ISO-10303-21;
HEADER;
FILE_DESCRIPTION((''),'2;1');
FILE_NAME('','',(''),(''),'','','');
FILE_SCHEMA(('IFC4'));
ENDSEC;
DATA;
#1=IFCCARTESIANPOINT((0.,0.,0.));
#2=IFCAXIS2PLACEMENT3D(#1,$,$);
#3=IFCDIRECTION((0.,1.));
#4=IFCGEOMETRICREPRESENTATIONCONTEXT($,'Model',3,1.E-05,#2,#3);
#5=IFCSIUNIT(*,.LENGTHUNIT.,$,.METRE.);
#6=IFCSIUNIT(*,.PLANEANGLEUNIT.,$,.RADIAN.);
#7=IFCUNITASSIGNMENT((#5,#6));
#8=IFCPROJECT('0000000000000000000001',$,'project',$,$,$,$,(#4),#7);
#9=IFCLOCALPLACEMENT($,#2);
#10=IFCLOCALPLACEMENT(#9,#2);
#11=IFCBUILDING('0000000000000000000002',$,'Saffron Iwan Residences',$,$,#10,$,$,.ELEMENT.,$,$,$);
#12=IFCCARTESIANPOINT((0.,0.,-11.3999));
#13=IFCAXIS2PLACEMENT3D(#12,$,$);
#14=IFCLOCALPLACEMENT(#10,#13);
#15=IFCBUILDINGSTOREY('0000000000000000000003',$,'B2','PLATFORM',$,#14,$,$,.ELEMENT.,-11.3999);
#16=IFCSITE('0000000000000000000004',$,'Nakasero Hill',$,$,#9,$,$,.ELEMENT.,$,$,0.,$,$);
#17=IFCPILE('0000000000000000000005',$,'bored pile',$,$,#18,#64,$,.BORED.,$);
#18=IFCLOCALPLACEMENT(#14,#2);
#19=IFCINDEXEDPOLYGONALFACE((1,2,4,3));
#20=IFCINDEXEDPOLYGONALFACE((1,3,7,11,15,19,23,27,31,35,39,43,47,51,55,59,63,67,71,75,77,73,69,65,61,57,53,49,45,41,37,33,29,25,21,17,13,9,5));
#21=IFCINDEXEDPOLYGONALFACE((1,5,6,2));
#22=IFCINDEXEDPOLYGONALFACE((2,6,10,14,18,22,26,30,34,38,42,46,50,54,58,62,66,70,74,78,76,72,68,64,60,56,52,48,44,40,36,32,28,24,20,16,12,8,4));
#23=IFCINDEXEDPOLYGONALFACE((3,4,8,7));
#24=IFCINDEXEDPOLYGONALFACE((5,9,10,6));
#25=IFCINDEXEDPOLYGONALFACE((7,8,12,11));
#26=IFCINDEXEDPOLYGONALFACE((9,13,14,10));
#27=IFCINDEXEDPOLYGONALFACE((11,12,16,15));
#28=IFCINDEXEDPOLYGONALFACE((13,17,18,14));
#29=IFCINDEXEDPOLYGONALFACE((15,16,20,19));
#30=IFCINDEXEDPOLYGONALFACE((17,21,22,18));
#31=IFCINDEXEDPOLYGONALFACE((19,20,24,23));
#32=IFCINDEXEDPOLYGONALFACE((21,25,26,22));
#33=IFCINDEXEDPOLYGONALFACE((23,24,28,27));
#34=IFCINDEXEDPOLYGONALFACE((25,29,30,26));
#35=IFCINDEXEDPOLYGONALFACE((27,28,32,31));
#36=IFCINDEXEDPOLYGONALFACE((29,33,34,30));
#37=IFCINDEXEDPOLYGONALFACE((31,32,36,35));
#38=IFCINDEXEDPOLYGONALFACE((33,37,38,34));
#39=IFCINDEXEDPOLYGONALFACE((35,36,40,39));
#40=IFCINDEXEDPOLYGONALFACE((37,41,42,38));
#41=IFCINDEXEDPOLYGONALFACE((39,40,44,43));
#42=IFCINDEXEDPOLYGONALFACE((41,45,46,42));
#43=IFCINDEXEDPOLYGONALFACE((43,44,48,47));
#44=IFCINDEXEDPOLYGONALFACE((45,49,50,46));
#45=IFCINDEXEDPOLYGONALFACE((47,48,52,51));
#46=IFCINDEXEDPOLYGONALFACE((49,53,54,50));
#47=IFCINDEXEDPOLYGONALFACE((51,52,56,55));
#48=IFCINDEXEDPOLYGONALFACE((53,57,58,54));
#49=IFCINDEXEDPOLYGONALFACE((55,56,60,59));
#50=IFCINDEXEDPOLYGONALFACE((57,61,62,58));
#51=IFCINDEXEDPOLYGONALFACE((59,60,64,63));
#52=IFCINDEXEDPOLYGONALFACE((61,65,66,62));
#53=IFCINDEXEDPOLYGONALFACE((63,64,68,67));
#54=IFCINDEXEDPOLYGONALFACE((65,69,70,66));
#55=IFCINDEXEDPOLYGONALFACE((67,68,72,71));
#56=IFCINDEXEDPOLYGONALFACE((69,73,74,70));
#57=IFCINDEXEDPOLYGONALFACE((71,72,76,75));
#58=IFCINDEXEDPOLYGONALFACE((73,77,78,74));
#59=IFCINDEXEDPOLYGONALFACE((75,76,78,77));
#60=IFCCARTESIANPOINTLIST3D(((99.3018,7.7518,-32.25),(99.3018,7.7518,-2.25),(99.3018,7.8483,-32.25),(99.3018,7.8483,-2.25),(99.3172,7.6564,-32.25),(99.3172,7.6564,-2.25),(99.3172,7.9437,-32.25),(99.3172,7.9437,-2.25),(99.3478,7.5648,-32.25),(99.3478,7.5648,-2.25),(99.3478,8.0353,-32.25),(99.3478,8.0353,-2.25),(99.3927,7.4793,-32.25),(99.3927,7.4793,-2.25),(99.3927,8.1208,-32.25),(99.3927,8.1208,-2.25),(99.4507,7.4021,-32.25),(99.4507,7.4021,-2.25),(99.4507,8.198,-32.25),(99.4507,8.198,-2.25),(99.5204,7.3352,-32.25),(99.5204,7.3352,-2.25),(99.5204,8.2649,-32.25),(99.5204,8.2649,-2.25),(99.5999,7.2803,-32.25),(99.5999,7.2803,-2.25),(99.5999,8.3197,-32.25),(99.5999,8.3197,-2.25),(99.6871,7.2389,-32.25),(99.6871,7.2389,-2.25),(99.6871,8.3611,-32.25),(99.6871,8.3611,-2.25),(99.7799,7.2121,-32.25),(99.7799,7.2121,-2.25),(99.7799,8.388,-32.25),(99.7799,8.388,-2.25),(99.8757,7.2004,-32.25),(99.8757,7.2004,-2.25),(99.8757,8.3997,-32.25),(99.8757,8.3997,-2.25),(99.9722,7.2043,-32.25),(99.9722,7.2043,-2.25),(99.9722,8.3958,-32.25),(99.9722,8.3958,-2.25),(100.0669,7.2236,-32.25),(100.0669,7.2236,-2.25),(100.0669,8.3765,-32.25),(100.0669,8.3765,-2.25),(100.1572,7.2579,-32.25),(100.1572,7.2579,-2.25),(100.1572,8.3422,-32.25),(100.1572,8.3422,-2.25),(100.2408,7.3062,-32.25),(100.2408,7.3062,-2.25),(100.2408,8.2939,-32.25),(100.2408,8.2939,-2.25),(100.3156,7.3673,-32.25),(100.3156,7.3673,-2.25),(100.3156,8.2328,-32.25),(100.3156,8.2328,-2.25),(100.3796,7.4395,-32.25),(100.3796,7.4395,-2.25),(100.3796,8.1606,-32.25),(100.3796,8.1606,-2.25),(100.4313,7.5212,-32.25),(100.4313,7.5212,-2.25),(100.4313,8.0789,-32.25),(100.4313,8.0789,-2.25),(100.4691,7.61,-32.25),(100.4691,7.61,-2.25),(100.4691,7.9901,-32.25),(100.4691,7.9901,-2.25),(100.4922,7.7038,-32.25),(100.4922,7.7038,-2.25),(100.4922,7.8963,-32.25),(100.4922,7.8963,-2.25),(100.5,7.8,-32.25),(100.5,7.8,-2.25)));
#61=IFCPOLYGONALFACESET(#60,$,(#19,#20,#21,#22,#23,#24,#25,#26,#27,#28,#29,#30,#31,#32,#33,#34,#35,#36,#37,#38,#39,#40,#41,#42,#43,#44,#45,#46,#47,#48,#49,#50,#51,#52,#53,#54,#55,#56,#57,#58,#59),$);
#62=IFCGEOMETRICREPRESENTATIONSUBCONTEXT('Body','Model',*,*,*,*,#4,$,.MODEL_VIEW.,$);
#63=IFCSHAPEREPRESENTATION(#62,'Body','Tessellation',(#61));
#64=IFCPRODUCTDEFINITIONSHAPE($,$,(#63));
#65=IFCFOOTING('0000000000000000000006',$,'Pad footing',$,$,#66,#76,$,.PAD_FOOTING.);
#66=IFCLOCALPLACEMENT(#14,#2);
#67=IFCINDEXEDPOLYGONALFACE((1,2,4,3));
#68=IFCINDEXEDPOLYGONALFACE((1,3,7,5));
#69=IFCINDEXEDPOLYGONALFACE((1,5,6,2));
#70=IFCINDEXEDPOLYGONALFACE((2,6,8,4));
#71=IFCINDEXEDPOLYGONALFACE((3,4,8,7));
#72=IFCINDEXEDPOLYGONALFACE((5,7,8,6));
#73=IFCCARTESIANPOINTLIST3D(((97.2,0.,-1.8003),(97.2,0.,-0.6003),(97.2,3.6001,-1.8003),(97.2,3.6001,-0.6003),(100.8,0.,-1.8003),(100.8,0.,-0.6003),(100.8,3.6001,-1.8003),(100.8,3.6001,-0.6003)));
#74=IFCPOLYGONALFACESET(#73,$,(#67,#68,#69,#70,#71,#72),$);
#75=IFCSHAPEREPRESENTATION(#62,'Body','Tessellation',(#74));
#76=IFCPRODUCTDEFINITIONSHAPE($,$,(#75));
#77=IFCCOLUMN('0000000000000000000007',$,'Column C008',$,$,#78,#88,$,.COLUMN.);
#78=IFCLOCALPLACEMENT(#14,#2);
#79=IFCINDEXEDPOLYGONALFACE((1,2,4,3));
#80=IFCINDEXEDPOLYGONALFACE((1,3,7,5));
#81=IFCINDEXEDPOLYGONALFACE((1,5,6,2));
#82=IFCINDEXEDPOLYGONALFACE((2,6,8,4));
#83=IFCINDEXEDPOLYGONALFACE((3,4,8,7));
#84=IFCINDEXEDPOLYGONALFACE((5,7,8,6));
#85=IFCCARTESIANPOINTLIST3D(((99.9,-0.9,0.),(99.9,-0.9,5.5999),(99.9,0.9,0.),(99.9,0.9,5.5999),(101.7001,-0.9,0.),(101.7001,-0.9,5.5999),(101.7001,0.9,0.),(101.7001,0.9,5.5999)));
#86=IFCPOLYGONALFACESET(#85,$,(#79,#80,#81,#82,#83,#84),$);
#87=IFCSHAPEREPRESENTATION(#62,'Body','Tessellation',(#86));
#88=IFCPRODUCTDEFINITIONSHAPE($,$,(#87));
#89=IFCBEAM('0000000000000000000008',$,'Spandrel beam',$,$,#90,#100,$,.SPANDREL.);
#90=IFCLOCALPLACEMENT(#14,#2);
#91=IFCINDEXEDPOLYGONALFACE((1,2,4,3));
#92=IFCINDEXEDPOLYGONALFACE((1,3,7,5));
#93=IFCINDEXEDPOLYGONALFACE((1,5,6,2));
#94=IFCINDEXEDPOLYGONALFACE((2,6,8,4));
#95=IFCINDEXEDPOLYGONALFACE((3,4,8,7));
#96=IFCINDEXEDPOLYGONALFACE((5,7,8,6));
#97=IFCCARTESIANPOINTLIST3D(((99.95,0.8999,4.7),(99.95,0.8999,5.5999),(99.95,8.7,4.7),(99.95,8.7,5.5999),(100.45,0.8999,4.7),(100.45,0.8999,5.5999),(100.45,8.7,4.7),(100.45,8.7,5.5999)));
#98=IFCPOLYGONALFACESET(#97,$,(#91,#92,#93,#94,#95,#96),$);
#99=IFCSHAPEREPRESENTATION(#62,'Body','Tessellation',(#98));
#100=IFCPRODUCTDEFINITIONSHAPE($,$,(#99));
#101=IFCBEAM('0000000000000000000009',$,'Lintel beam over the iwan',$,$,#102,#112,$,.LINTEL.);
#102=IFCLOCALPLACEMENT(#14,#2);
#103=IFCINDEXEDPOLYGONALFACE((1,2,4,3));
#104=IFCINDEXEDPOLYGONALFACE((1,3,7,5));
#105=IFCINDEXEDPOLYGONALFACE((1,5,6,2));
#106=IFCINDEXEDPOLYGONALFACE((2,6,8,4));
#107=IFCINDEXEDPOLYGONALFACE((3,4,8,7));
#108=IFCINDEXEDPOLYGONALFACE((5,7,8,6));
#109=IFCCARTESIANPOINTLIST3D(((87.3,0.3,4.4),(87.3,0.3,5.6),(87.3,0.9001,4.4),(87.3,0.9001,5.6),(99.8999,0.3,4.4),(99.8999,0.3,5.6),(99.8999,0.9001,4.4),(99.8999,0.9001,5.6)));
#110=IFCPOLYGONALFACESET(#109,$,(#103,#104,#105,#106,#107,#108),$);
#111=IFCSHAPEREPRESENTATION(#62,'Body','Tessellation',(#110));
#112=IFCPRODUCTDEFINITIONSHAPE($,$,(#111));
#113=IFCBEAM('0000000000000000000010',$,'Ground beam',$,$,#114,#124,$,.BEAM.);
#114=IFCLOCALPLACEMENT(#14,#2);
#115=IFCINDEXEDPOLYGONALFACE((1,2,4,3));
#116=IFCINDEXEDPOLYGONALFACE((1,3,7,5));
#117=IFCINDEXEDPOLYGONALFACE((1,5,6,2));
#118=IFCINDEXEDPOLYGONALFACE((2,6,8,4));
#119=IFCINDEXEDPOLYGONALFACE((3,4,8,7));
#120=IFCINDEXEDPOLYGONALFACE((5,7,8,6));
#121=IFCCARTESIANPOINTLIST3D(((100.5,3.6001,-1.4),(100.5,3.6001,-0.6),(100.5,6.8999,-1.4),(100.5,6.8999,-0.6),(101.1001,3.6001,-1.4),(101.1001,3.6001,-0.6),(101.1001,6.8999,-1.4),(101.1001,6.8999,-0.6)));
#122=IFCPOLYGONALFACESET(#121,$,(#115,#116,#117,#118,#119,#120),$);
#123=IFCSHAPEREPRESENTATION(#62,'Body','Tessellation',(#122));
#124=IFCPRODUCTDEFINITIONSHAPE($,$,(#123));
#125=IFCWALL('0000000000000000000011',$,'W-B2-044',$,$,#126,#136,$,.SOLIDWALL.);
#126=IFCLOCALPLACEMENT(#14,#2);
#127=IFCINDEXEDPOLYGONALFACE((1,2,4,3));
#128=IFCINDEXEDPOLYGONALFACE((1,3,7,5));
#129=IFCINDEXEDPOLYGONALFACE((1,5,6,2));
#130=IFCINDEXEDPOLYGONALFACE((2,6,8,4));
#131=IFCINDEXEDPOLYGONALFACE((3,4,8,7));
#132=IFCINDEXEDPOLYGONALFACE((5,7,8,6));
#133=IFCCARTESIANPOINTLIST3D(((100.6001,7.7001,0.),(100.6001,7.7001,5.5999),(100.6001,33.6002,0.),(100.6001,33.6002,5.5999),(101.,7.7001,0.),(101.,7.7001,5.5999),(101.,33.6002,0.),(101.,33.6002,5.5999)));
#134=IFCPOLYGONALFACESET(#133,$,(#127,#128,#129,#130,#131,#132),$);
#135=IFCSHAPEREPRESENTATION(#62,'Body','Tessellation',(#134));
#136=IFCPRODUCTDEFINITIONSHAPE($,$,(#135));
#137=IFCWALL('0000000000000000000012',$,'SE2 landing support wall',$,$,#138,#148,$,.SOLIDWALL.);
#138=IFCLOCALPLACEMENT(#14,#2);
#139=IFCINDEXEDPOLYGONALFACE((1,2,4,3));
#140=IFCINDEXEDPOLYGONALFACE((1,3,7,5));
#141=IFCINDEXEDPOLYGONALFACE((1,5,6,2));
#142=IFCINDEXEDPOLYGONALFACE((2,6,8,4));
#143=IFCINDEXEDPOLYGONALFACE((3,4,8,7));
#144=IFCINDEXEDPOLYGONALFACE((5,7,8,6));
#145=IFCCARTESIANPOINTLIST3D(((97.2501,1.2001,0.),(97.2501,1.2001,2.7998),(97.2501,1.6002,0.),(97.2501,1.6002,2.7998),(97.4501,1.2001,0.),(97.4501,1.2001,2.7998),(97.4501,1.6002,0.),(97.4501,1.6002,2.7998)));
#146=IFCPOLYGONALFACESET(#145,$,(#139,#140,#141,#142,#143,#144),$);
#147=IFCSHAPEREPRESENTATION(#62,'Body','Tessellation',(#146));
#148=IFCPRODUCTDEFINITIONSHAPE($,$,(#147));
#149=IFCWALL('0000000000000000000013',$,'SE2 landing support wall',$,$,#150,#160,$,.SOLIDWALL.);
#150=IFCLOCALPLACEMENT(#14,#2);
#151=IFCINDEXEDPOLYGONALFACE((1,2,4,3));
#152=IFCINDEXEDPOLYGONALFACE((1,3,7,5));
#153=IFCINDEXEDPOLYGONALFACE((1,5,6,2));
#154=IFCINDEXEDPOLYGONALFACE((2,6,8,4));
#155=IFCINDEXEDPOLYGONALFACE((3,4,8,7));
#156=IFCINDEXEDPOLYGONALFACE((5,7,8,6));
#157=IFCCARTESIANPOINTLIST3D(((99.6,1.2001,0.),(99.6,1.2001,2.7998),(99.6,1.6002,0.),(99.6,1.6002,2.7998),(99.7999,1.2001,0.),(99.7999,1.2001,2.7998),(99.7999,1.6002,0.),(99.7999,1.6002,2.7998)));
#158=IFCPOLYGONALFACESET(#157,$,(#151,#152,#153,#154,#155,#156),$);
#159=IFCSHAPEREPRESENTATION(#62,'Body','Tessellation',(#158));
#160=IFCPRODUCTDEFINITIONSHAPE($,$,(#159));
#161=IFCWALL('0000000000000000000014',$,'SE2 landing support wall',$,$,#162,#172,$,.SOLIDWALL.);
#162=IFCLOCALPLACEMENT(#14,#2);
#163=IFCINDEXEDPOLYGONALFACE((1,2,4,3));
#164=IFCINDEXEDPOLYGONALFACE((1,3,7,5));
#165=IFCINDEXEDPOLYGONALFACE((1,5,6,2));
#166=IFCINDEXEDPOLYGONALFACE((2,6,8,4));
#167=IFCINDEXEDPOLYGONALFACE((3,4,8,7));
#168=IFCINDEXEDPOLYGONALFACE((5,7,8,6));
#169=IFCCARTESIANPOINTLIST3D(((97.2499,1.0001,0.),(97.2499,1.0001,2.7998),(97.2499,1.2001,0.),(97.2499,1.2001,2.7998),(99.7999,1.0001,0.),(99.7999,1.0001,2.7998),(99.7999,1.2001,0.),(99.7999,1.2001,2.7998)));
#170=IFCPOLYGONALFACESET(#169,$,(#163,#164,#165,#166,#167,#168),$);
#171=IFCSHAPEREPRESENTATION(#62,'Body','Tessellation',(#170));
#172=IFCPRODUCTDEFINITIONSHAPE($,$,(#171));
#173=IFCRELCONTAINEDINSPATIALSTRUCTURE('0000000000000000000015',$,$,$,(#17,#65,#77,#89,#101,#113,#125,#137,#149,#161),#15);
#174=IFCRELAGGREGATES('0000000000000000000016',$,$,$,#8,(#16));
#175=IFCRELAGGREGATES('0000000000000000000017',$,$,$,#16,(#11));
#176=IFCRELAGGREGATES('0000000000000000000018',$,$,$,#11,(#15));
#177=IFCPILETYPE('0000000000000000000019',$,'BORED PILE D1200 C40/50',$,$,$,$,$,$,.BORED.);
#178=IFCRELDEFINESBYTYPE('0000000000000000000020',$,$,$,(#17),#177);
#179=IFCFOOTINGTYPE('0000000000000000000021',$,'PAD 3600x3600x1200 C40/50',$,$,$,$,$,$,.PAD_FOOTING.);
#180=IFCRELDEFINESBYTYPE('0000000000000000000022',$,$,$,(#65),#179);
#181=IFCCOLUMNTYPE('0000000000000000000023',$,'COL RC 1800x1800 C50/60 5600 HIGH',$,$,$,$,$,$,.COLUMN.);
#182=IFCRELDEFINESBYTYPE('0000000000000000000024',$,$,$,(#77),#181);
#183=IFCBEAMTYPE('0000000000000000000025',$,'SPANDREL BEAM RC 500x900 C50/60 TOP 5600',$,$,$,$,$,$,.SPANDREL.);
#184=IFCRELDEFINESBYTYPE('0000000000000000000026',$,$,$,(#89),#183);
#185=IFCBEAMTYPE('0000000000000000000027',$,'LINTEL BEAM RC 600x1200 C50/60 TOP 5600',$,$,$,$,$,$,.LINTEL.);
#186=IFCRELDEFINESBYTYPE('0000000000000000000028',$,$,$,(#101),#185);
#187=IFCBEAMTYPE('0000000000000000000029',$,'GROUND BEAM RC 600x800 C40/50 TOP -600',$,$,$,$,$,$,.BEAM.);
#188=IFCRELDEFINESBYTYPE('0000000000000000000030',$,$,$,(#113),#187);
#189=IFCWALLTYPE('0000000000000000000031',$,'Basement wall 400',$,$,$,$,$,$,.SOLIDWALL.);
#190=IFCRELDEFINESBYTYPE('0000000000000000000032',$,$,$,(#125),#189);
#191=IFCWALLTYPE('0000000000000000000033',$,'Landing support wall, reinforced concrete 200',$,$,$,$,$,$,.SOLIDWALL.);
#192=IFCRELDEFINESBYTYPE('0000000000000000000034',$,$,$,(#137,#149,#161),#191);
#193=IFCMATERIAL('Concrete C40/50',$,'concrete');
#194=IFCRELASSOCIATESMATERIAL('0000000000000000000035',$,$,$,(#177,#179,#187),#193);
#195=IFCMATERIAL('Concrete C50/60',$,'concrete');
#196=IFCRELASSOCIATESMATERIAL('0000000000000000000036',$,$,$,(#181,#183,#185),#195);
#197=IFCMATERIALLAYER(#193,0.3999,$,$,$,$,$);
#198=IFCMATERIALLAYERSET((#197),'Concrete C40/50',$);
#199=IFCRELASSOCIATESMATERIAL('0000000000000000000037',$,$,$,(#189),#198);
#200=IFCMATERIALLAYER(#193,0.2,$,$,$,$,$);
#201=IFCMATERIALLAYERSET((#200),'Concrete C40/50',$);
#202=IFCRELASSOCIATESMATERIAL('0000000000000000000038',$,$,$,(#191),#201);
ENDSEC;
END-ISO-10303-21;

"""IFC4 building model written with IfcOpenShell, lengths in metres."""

from ifc_helpers import new_model, si_unit, direction, frame, frame_2d, origin, origin_2d, place, context, subcontext, project, spatial, rectangle, circle, extrude, source, transform, mapped, material, layer, layer_set, material_profile, profile_set, type_object, element, save


model = new_model("IFC4")

# Units and contexts
model_context = context("Model", 3, precision=1e-05, world=origin(), true_north=direction((0.0, 1.0)))
body_context = subcontext(model_context, "Body", "Model", "MODEL_VIEW")
ifc_project = project(units=[si_unit("LENGTHUNIT", "METRE"), si_unit("PLANEANGLEUNIT", "RADIAN")], contexts=[model_context])

# Site, building, storey
site_placement = place(None, origin())
site = spatial("IfcSite", under=ifc_project, at=site_placement, Name="Nakasero Hill", CompositionType="ELEMENT", RefElevation=0.0)
building_placement = place(site_placement, origin())
building = spatial("IfcBuilding", under=site, at=building_placement, Name="Saffron Iwan Residences", CompositionType="ELEMENT")
storey_placement = place(building_placement, frame((0.0, 0.0, -11.3999)))
storey = spatial("IfcBuildingStorey", under=building, at=storey_placement, Name="B2", Description="PLATFORM", CompositionType="ELEMENT", Elevation=-11.3999)

# Pile
ifc_material_1 = material(Name="Concrete C40/50", Category="concrete")
ifc_material_profile_1 = material_profile(ifc_material_1, circle(Radius=0.6001, at=origin_2d()), Name="RC D1200")
ifc_profile_set_1 = profile_set([ifc_material_profile_1], Name="Concrete C40/50")
pile_type = type_object("IfcPileType", Name="BORED PILE D1200 C40/50", PredefinedType="BORED", material=ifc_profile_set_1)
pile_placement = place(storey_placement, frame((99.8999, 7.8, -2.25), z_axis=(0.0, 0.0, -1.0), x_axis=(1.0, 0.0, 0.0)))
element("IfcPile", 1, at=pile_placement, inside=storey, type_object=pile_type, Name="bored pile", PredefinedType="BORED", context=body_context, shape_type="SweptSolid", body=[
    extrude(circle(Radius=0.6001, at=origin_2d()), origin(), (0.0, 0.0, 1.0), 30.0),
])

# Footing
footing_type = type_object("IfcFootingType", Name="PAD 3600x3600x1200 C40/50", PredefinedType="PAD_FOOTING", material=ifc_material_1)
shared_shape_1 = source(origin(), body_context, "Body", "SweptSolid", [
    extrude(rectangle(XDim=3.6001, YDim=3.6001, at=origin_2d()), origin(), (0.0, 0.0, 1.0), 1.2),
])
footing_placement = place(storey_placement, frame((99.0, 1.8, -1.8003), z_axis=(0.0, 0.0, 1.0), x_axis=(1.0, 0.0, 0.0)))
element("IfcFooting", 2, at=footing_placement, inside=storey, type_object=footing_type, Name="Pad footing", PredefinedType="PAD_FOOTING", context=body_context, shape_type="MappedRepresentation", body=[
    mapped(shared_shape_1, transform((0.0, 0.0, 0.0))),
])

# Column
ifc_material_2 = material(Name="Concrete C50/60", Category="concrete")
ifc_material_profile_2 = material_profile(ifc_material_2, rectangle(XDim=1.8, YDim=1.8, at=origin_2d()), Name="RC 1800x1800")
ifc_profile_set_2 = profile_set([ifc_material_profile_2], Name="Concrete C50/60")
column_type = type_object("IfcColumnType", Name="COL RC 1800x1800 C50/60 5600 HIGH", PredefinedType="COLUMN", material=ifc_profile_set_2)
shared_shape_2 = source(origin(), body_context, "Body", "SweptSolid", [
    extrude(rectangle(XDim=1.8, YDim=1.8, at=origin_2d()), origin(), (0.0, 0.0, 1.0), 5.5999),
])
column_placement = place(storey_placement, frame((100.8, 0.0, 0.0), z_axis=(0.0, 0.0, 1.0), x_axis=(1.0, 0.0, 0.0)))
element("IfcColumn", 3, at=column_placement, inside=storey, type_object=column_type, Name="Column C008", PredefinedType="COLUMN", context=body_context, shape_type="MappedRepresentation", body=[
    mapped(shared_shape_2, transform((0.0, 0.0, 0.0))),
])

# Beams
ifc_material_profile_3 = material_profile(ifc_material_2, rectangle(XDim=0.5, YDim=0.8999, at=origin_2d()), Name="RC 500x900")
ifc_profile_set_3 = profile_set([ifc_material_profile_3], Name="Concrete C50/60")
beam_type_1 = type_object("IfcBeamType", Name="SPANDREL BEAM RC 500x900 C50/60 TOP 5600", PredefinedType="SPANDREL", material=ifc_profile_set_3)
shared_shape_3 = source(origin(), body_context, "Body", "SweptSolid", [
    extrude(rectangle(XDim=0.5, YDim=0.8999, at=origin_2d()), origin(), (0.0, 0.0, 1.0), 7.8),
])
beam_1_placement = place(storey_placement, frame((100.2, 8.7, 5.1499), z_axis=(0.0, -1.0, 0.0), x_axis=(1.0, 0.0, 0.0)))
element("IfcBeam", 4, at=beam_1_placement, inside=storey, type_object=beam_type_1, Name="Spandrel beam", PredefinedType="SPANDREL", context=body_context, shape_type="MappedRepresentation", body=[
    mapped(shared_shape_3, transform((0.0, 0.0, 0.0))),
])
ifc_material_profile_4 = material_profile(ifc_material_2, rectangle(XDim=0.6001, YDim=1.2, at=origin_2d()), Name="RC 600x1200")
ifc_profile_set_4 = profile_set([ifc_material_profile_4], Name="Concrete C50/60")
beam_type_2 = type_object("IfcBeamType", Name="LINTEL BEAM RC 600x1200 C50/60 TOP 5600", PredefinedType="LINTEL", material=ifc_profile_set_4)
shared_shape_4 = source(origin(), body_context, "Body", "SweptSolid", [
    extrude(rectangle(XDim=0.6001, YDim=1.2, at=origin_2d()), origin(), (0.0, 0.0, 1.0), 12.5999),
])
beam_2_placement = place(storey_placement, frame((99.8999, 0.6001, 5.0), z_axis=(-1.0, 0.0, 0.0), x_axis=(0.0, -1.0, 0.0)))
element("IfcBeam", 5, at=beam_2_placement, inside=storey, type_object=beam_type_2, Name="Lintel beam over the iwan", PredefinedType="LINTEL", context=body_context, shape_type="MappedRepresentation", body=[
    mapped(shared_shape_4, transform((0.0, 0.0, 0.0))),
])
ifc_material_profile_5 = material_profile(ifc_material_1, rectangle(XDim=0.6001, YDim=0.8, at=origin_2d()), Name="RC 600x800")
ifc_profile_set_5 = profile_set([ifc_material_profile_5], Name="Concrete C40/50")
beam_type_3 = type_object("IfcBeamType", Name="GROUND BEAM RC 600x800 C40/50 TOP -600", PredefinedType="BEAM", material=ifc_profile_set_5)
shared_shape_5 = source(origin(), body_context, "Body", "SweptSolid", [
    extrude(rectangle(XDim=0.6001, YDim=0.8, at=origin_2d()), origin(), (0.0, 0.0, 1.0), 3.2998),
])
beam_3_placement = place(storey_placement, frame((100.8, 3.6001, -1.0), z_axis=(0.0, 1.0, 0.0), x_axis=(-1.0, 0.0, 0.0)))
element("IfcBeam", 6, at=beam_3_placement, inside=storey, type_object=beam_type_3, Name="Ground beam", PredefinedType="BEAM", context=body_context, shape_type="MappedRepresentation", body=[
    mapped(shared_shape_5, transform((0.0, 0.0, 0.0))),
])

# Walls
ifc_layer_1 = layer(ifc_material_1, 0.3999)
ifc_layer_set_1 = layer_set([ifc_layer_1], Name="Concrete C40/50")
wall_type_1 = type_object("IfcWallType", Name="Basement wall 400", PredefinedType="SOLIDWALL", material=ifc_layer_set_1)
wall_1_placement = place(storey_placement, frame((100.8, 7.7, 0.0), z_axis=(0.0, 0.0, 1.0), x_axis=(0.0, 1.0, 0.0)))
element("IfcWall", 7, at=wall_1_placement, inside=storey, type_object=wall_type_1, Name="W-B2-044", PredefinedType="SOLIDWALL", context=body_context, shape_type="SweptSolid", body=[
    extrude(rectangle(XDim=25.9001, YDim=0.3999, at=frame_2d((12.9502, 0.0))), origin(), (0.0, 0.0, 1.0), 5.5999),
])
ifc_layer_2 = layer(ifc_material_1, 0.2)
ifc_layer_set_2 = layer_set([ifc_layer_2], Name="Concrete C40/50")
wall_type_2 = type_object("IfcWallType", Name="Landing support wall, reinforced concrete 200", PredefinedType="SOLIDWALL", material=ifc_layer_set_2)
for number, where, z_axis, x_axis, name in (
    (8, (97.3501, 1.2, 0.0), (0.0, 0.0, 1.0), (0.0, 1.0, 0.0), "SE2 landing support wall"),
    (9, (99.7, 1.2, 0.0), (0.0, 0.0, 1.0), (0.0, 1.0, 0.0), "SE2 landing support wall"),
):
    element("IfcWall", number, at=place(storey_placement, frame(where, z_axis=z_axis, x_axis=x_axis)), inside=storey, type_object=wall_type_2, Name=name, PredefinedType="SOLIDWALL", context=body_context, shape_type="SweptSolid", body=[
        extrude(rectangle(XDim=0.4001, YDim=0.2, at=frame_2d((0.2002, 0.0))), origin(), (0.0, 0.0, 1.0), 2.7998),
    ])
wall_2_placement = place(storey_placement, frame((97.25, 1.1001, 0.0), z_axis=(0.0, 0.0, 1.0), x_axis=(1.0, 0.0, 0.0)))
element("IfcWall", 10, at=wall_2_placement, inside=storey, type_object=wall_type_2, Name="SE2 landing support wall", PredefinedType="SOLIDWALL", context=body_context, shape_type="SweptSolid", body=[
    extrude(rectangle(XDim=2.55, YDim=0.2, at=frame_2d((1.2749, 0.0))), origin(), (0.0, 0.0, 1.0), 2.7998),
])

save(model, "model.ifc")
